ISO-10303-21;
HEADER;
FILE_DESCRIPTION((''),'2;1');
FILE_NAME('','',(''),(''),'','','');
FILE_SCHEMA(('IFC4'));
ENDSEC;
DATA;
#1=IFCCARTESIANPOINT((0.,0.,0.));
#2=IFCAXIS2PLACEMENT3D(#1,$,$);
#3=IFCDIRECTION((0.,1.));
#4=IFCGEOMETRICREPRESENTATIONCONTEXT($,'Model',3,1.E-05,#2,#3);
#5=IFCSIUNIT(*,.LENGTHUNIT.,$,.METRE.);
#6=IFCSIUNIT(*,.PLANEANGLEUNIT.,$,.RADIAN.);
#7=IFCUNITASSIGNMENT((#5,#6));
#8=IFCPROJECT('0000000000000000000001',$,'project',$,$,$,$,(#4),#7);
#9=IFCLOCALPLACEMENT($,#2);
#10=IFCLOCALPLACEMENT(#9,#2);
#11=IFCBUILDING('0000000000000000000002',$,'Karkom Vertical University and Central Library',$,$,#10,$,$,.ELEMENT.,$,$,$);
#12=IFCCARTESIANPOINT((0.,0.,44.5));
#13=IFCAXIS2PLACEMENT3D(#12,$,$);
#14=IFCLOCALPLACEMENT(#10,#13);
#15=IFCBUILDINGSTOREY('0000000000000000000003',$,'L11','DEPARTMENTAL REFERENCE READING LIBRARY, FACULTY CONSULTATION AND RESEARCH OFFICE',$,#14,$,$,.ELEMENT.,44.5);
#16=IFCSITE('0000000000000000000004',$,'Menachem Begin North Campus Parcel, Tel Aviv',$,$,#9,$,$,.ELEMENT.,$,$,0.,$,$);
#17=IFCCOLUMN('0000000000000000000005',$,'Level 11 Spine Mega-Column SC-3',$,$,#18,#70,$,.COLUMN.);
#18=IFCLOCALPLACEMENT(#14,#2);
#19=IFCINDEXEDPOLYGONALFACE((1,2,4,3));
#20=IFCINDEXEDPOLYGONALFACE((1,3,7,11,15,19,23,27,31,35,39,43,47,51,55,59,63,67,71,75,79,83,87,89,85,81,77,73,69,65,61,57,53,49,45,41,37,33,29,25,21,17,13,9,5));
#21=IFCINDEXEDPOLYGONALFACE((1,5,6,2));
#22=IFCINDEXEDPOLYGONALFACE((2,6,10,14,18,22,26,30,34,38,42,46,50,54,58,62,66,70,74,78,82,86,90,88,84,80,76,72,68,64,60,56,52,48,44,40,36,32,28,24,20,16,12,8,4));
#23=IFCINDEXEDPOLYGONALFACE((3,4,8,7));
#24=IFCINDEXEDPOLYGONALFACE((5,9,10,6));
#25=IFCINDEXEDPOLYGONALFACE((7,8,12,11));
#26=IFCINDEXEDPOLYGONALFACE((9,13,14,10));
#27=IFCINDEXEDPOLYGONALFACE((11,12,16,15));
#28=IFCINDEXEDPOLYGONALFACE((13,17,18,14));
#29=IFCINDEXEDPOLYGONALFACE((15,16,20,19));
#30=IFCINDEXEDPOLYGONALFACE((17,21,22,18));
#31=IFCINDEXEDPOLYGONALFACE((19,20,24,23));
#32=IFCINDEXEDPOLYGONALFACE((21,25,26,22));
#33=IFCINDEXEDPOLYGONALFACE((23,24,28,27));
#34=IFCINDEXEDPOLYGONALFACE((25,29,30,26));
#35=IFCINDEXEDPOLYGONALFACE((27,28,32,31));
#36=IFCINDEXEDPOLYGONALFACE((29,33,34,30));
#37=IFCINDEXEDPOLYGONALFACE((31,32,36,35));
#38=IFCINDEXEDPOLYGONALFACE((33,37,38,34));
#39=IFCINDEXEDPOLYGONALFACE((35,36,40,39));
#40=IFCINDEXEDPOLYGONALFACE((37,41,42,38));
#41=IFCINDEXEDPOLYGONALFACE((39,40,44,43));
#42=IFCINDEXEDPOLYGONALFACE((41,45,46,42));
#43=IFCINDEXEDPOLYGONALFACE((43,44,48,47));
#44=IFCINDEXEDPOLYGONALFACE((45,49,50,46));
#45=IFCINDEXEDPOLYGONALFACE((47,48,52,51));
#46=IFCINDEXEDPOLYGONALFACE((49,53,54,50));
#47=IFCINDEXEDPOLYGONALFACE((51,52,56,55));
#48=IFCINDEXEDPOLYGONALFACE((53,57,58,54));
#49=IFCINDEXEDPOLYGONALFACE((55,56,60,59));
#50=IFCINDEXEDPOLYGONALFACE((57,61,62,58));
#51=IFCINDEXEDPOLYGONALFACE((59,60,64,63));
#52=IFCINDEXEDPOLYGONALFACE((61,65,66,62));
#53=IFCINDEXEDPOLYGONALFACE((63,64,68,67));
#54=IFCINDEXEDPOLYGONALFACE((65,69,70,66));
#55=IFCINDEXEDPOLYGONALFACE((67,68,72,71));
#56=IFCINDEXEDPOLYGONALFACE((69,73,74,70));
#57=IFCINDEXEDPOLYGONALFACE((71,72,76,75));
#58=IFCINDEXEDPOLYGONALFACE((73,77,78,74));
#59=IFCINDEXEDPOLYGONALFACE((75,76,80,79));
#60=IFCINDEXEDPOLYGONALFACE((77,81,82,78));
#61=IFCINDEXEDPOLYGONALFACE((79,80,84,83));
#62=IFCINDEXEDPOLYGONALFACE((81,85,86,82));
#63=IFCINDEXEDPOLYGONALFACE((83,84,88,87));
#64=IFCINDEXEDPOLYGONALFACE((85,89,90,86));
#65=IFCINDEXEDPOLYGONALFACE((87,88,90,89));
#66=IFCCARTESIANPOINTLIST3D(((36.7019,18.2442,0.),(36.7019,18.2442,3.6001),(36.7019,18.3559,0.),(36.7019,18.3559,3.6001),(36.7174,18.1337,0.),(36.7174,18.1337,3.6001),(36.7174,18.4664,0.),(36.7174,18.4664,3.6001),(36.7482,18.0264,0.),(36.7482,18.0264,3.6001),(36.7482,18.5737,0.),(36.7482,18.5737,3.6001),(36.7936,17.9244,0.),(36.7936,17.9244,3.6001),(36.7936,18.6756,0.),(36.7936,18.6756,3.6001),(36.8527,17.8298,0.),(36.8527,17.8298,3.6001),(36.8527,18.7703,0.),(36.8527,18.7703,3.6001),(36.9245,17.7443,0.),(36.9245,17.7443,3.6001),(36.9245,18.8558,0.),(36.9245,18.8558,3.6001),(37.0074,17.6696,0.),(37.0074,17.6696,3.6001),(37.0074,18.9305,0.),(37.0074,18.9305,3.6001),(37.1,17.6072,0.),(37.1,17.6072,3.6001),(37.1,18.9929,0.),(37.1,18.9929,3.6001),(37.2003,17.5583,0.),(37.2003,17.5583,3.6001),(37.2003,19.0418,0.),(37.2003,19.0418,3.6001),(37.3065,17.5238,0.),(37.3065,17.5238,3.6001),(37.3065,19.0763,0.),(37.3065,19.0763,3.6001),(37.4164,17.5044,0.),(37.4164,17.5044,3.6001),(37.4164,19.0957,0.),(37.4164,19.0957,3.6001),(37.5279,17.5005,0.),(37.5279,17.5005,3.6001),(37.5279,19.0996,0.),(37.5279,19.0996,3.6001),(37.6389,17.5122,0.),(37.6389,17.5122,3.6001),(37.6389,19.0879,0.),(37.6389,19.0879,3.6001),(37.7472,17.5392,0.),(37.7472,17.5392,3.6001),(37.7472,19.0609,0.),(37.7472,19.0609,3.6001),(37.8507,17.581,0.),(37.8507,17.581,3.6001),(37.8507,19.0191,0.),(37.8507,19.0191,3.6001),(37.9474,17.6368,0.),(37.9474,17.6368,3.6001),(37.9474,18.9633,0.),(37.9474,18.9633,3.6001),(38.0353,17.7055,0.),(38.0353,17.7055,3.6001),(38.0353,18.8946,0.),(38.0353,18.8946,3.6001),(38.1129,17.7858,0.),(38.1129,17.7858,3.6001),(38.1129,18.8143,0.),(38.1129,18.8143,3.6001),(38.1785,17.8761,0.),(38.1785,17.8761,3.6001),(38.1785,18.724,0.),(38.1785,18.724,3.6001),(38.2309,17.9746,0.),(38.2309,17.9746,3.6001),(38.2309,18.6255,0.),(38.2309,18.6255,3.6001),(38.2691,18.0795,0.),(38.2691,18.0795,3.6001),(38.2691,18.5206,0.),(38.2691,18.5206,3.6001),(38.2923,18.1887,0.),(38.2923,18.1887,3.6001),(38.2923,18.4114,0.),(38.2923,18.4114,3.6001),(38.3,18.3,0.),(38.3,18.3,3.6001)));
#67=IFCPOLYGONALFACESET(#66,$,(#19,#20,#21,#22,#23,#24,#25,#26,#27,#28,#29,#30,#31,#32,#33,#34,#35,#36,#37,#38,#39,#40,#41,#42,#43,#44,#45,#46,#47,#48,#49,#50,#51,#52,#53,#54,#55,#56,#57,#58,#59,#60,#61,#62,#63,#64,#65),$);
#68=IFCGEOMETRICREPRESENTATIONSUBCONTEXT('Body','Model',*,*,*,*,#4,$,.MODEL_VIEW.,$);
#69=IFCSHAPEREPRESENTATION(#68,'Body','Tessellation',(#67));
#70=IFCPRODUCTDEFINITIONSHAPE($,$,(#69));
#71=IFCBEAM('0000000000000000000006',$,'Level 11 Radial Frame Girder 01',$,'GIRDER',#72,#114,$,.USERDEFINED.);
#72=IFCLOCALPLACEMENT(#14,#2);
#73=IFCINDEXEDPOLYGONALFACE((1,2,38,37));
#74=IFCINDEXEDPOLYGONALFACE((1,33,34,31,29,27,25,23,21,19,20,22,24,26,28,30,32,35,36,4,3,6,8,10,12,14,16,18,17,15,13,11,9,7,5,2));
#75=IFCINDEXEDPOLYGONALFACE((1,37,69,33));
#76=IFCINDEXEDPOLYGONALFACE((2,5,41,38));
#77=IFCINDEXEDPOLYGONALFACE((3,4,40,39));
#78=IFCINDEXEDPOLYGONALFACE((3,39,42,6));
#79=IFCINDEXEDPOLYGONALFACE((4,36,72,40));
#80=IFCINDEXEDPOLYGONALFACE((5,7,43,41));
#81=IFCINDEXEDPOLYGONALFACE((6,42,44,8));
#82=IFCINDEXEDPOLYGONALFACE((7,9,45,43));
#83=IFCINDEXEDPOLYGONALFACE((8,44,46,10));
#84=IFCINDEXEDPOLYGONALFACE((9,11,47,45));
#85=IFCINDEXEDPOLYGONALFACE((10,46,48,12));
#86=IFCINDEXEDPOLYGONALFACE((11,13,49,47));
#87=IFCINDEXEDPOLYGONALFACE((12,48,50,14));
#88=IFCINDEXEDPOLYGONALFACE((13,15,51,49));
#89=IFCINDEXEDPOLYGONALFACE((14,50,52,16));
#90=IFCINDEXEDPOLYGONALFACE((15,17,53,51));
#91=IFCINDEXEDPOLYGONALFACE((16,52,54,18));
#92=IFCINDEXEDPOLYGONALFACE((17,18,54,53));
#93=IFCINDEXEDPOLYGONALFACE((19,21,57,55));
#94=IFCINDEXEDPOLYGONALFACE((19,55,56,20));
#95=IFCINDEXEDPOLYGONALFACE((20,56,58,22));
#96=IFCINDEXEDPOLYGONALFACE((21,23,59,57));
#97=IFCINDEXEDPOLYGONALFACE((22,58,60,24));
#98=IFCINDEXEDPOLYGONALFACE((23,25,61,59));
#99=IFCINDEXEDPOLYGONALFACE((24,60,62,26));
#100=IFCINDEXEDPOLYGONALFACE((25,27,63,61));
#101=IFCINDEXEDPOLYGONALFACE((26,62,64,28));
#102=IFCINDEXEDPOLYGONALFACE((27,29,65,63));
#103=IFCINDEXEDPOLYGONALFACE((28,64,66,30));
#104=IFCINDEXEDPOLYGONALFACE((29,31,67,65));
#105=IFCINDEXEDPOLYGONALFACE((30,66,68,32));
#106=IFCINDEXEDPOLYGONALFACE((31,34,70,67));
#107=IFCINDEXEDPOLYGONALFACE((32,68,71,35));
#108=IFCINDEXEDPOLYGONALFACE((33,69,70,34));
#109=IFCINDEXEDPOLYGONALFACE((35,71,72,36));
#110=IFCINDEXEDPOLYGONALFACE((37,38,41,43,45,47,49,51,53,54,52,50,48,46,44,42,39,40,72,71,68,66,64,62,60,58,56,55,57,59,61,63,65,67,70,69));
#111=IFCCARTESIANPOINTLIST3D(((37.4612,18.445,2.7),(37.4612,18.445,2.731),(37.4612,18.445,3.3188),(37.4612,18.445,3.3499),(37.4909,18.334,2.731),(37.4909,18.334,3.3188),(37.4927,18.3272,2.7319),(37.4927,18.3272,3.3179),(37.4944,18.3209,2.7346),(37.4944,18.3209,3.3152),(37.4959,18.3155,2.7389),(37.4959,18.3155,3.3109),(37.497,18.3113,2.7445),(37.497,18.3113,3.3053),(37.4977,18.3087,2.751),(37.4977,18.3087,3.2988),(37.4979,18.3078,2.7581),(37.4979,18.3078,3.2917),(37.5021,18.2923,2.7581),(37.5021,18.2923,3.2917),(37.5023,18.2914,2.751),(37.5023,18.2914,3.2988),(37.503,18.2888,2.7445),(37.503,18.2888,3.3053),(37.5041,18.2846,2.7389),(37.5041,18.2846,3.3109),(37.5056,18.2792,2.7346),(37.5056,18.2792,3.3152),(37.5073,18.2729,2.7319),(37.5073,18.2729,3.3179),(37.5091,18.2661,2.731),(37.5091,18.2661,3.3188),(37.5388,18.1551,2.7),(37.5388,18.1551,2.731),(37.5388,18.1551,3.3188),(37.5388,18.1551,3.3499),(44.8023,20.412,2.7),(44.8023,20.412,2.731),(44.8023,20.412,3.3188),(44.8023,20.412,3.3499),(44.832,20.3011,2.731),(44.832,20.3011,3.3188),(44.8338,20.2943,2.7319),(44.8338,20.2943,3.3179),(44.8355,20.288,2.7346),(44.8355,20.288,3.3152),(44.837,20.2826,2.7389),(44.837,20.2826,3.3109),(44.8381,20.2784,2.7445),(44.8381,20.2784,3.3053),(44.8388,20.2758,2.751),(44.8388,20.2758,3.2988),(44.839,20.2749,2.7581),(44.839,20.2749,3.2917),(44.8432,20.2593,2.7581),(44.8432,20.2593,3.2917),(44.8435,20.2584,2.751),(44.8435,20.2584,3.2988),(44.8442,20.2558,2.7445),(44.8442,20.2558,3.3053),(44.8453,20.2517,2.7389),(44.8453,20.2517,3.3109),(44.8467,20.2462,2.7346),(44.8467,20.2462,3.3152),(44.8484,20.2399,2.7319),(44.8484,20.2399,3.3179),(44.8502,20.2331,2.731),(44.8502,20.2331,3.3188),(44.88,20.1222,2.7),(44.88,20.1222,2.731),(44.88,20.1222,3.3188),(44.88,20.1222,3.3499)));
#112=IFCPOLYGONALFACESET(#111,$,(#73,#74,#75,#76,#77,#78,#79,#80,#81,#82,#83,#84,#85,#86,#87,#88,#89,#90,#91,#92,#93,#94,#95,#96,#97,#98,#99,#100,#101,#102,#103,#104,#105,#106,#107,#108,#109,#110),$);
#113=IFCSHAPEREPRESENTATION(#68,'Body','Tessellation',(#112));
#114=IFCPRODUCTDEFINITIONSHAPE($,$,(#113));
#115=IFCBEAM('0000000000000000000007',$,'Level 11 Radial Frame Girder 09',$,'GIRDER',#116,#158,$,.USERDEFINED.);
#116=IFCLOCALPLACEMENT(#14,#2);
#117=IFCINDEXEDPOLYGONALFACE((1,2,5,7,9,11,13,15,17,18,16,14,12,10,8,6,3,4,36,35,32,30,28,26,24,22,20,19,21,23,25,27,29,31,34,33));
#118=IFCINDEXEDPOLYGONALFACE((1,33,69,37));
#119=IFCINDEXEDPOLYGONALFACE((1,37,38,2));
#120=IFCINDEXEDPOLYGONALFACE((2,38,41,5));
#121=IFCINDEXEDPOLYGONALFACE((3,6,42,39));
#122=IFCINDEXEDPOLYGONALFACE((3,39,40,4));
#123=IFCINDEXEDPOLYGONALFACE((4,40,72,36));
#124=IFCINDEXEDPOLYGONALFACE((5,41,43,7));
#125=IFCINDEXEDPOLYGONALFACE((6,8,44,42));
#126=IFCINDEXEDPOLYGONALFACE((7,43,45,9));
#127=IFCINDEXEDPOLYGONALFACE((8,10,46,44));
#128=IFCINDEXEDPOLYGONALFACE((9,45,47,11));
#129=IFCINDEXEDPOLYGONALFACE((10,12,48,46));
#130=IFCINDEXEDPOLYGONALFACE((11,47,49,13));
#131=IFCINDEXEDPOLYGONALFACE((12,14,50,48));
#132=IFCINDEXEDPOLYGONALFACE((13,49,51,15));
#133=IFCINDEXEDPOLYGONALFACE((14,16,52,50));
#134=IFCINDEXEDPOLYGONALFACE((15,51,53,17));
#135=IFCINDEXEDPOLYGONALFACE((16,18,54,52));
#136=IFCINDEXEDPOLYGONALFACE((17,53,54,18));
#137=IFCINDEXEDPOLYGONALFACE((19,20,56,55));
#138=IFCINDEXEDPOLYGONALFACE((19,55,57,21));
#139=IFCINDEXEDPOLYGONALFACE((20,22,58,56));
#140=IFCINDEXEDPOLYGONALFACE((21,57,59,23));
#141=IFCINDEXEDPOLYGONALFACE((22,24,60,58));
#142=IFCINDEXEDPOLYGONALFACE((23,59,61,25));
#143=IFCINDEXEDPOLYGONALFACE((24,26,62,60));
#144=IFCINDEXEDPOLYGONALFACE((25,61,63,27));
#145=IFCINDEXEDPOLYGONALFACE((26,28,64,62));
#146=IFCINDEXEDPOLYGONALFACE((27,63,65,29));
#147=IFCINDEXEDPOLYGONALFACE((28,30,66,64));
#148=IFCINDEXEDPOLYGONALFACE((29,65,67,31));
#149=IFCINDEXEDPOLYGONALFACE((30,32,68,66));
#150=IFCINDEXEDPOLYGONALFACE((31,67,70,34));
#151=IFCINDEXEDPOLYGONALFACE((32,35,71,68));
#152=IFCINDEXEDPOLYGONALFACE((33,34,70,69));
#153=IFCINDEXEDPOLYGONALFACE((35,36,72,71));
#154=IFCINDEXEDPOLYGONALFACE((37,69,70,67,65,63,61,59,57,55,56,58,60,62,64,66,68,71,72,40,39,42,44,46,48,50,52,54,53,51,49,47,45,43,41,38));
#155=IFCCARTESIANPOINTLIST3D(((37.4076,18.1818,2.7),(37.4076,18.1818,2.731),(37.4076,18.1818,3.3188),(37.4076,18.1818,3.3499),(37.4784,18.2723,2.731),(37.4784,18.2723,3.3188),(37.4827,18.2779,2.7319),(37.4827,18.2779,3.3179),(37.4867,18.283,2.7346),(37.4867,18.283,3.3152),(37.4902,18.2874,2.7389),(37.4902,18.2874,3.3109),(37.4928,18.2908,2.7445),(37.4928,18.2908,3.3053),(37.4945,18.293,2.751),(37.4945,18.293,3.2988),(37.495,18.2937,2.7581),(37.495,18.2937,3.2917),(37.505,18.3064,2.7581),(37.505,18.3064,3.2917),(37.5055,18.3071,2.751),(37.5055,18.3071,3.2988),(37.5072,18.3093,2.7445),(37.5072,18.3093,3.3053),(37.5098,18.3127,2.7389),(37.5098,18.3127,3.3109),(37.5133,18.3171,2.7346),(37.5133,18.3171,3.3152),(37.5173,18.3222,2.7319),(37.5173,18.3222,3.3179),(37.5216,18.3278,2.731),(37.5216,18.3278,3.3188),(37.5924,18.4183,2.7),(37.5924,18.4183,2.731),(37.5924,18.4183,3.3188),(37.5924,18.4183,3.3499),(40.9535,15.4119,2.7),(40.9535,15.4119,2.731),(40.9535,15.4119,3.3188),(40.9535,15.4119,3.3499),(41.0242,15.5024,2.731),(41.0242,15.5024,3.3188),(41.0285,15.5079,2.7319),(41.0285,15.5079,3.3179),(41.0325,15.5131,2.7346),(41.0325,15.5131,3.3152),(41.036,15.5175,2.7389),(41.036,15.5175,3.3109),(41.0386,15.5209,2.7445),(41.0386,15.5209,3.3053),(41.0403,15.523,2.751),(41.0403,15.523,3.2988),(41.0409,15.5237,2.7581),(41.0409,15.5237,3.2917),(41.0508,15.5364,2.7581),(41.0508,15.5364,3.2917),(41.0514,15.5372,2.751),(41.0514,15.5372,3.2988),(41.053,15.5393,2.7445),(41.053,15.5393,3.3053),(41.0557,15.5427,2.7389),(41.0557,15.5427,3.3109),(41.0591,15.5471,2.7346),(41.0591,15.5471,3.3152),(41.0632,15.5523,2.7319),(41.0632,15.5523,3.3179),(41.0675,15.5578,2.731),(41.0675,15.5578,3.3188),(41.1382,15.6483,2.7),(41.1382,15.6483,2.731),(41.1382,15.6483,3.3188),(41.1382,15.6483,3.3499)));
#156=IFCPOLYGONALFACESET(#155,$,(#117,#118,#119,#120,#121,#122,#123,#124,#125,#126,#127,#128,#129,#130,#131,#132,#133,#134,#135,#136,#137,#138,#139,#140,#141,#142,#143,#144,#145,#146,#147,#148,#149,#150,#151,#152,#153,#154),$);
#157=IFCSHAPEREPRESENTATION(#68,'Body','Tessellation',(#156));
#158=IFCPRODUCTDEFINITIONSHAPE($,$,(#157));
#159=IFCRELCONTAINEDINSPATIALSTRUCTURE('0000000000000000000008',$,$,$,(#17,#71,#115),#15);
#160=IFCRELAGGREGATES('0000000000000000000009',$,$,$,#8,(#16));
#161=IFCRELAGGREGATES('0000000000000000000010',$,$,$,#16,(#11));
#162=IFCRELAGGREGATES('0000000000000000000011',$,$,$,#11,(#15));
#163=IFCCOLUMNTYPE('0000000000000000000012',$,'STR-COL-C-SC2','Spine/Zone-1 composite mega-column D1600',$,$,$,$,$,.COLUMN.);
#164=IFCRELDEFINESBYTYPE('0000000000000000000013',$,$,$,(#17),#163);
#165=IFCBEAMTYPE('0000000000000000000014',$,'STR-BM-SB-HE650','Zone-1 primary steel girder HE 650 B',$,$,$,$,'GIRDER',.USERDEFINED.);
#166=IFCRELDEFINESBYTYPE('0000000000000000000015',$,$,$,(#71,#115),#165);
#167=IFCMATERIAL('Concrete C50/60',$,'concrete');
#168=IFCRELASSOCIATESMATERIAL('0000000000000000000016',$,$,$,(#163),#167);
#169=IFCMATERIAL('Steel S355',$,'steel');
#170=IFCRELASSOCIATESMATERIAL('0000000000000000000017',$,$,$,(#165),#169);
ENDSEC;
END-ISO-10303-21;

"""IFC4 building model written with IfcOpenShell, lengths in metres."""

from ifc_helpers import new_model, si_unit, direction, frame, origin, origin_with_axes, origin_2d, place, context, subcontext, project, spatial, circle, i_section, extrude, source, transform, mapped, material, material_profile, profile_set, type_object, element, save


model = new_model("IFC4")

# Units and contexts
model_context = context("Model", 3, precision=1e-05, world=origin(), true_north=direction((0.0, 1.0)))
body_context = subcontext(model_context, "Body", "Model", "MODEL_VIEW")
ifc_project = project(units=[si_unit("LENGTHUNIT", "METRE"), si_unit("PLANEANGLEUNIT", "RADIAN")], contexts=[model_context])

# Site, building, storey
site_placement = place(None, origin())
site = spatial("IfcSite", under=ifc_project, at=site_placement, Name="Menachem Begin North Campus Parcel, Tel Aviv", CompositionType="ELEMENT", RefElevation=0.0)
building_placement = place(site_placement, origin())
building = spatial("IfcBuilding", under=site, at=building_placement, Name="Karkom Vertical University and Central Library", CompositionType="ELEMENT")
storey_placement = place(building_placement, frame((0.0, 0.0, 44.5)))
storey = spatial("IfcBuildingStorey", under=building, at=storey_placement, Name="L11", Description="DEPARTMENTAL REFERENCE READING LIBRARY, FACULTY CONSULTATION AND RESEARCH OFFICE", CompositionType="ELEMENT", Elevation=44.5)

# Column
ifc_material_1 = material(Name="Concrete C50/60", Category="concrete")
ifc_material_profile_1 = material_profile(ifc_material_1, circle(Radius=0.8, at=origin_2d()), Name="CFT-D1600")
ifc_profile_set_1 = profile_set([ifc_material_profile_1], Name="Concrete C50/60")
column_type = type_object("IfcColumnType", Name="STR-COL-C-SC2", Description="Spine/Zone-1 composite mega-column D1600", PredefinedType="COLUMN", material=ifc_profile_set_1)
shared_shape_1 = source(origin_with_axes(), body_context, "Body", "SweptSolid", [
    extrude(circle(Radius=0.8, at=origin_2d()), origin(), (0.0, 0.0, 1.0), 3.6001),
])
column_placement = place(storey_placement, frame((37.5, 18.3, 0.0), z_axis=(0.0, 0.0, 1.0), x_axis=(1.0, 0.0, 0.0)))
element("IfcColumn", 1, at=column_placement, inside=storey, type_object=column_type, Name="Level 11 Spine Mega-Column SC-3", PredefinedType="COLUMN", context=body_context, shape_type="MappedRepresentation", body=[
    mapped(shared_shape_1, transform((0.0, 0.0, 0.0), scale=1.0)),
])

# Beams
ifc_material_2 = material(Name="Steel S355", Category="steel")
ifc_material_profile_2 = material_profile(ifc_material_2, i_section(OverallWidth=0.3, OverallDepth=0.6499, WebThickness=0.0161, FlangeThickness=0.031, FilletRadius=0.0271, at=origin_2d()), Name="HE 650 B")
ifc_profile_set_2 = profile_set([ifc_material_profile_2], Name="Steel S355")
beam_type_1 = type_object("IfcBeamType", Name="STR-BM-SB-HE650", Description="Zone-1 primary steel girder HE 650 B", ElementType="GIRDER", PredefinedType="USERDEFINED", material=ifc_profile_set_2)
shared_shape_2 = source(origin_with_axes(), body_context, "Body", "SweptSolid", [
    extrude(i_section(OverallWidth=0.3, OverallDepth=0.6499, WebThickness=0.0161, FlangeThickness=0.031, FilletRadius=0.0271, at=origin_2d()), origin(), (0.0, 0.0, 1.0), 7.6001),
])
beam_1_placement = place(storey_placement, frame((37.5, 18.3, 3.0249), z_axis=(0.965926, 0.25882, 0.0), x_axis=(-0.25882, 0.965926, 0.0)))
element("IfcBeam", 2, at=beam_1_placement, inside=storey, type_object=beam_type_1, Name="Level 11 Radial Frame Girder 01", ObjectType="GIRDER", PredefinedType="USERDEFINED", context=body_context, shape_type="MappedRepresentation", body=[
    mapped(shared_shape_2, transform((0.0, 0.0, 0.0), scale=1.0)),
])
shared_shape_3 = source(origin_with_axes(), body_context, "Body", "SweptSolid", [
    extrude(i_section(OverallWidth=0.3, OverallDepth=0.6499, WebThickness=0.0161, FlangeThickness=0.031, FilletRadius=0.0271, at=origin_2d()), origin(), (0.0, 0.0, 1.0), 4.4995),
])
beam_2_placement = place(storey_placement, frame((37.5, 18.3, 3.0249), z_axis=(0.788047, -0.615615, 0.0), x_axis=(0.615615, 0.788047, 0.0)))
element("IfcBeam", 3, at=beam_2_placement, inside=storey, type_object=beam_type_1, Name="Level 11 Radial Frame Girder 09", ObjectType="GIRDER", PredefinedType="USERDEFINED", context=body_context, shape_type="MappedRepresentation", body=[
    mapped(shared_shape_3, transform((0.0, 0.0, 0.0), scale=1.0)),
])

save(model, "model.ifc")
